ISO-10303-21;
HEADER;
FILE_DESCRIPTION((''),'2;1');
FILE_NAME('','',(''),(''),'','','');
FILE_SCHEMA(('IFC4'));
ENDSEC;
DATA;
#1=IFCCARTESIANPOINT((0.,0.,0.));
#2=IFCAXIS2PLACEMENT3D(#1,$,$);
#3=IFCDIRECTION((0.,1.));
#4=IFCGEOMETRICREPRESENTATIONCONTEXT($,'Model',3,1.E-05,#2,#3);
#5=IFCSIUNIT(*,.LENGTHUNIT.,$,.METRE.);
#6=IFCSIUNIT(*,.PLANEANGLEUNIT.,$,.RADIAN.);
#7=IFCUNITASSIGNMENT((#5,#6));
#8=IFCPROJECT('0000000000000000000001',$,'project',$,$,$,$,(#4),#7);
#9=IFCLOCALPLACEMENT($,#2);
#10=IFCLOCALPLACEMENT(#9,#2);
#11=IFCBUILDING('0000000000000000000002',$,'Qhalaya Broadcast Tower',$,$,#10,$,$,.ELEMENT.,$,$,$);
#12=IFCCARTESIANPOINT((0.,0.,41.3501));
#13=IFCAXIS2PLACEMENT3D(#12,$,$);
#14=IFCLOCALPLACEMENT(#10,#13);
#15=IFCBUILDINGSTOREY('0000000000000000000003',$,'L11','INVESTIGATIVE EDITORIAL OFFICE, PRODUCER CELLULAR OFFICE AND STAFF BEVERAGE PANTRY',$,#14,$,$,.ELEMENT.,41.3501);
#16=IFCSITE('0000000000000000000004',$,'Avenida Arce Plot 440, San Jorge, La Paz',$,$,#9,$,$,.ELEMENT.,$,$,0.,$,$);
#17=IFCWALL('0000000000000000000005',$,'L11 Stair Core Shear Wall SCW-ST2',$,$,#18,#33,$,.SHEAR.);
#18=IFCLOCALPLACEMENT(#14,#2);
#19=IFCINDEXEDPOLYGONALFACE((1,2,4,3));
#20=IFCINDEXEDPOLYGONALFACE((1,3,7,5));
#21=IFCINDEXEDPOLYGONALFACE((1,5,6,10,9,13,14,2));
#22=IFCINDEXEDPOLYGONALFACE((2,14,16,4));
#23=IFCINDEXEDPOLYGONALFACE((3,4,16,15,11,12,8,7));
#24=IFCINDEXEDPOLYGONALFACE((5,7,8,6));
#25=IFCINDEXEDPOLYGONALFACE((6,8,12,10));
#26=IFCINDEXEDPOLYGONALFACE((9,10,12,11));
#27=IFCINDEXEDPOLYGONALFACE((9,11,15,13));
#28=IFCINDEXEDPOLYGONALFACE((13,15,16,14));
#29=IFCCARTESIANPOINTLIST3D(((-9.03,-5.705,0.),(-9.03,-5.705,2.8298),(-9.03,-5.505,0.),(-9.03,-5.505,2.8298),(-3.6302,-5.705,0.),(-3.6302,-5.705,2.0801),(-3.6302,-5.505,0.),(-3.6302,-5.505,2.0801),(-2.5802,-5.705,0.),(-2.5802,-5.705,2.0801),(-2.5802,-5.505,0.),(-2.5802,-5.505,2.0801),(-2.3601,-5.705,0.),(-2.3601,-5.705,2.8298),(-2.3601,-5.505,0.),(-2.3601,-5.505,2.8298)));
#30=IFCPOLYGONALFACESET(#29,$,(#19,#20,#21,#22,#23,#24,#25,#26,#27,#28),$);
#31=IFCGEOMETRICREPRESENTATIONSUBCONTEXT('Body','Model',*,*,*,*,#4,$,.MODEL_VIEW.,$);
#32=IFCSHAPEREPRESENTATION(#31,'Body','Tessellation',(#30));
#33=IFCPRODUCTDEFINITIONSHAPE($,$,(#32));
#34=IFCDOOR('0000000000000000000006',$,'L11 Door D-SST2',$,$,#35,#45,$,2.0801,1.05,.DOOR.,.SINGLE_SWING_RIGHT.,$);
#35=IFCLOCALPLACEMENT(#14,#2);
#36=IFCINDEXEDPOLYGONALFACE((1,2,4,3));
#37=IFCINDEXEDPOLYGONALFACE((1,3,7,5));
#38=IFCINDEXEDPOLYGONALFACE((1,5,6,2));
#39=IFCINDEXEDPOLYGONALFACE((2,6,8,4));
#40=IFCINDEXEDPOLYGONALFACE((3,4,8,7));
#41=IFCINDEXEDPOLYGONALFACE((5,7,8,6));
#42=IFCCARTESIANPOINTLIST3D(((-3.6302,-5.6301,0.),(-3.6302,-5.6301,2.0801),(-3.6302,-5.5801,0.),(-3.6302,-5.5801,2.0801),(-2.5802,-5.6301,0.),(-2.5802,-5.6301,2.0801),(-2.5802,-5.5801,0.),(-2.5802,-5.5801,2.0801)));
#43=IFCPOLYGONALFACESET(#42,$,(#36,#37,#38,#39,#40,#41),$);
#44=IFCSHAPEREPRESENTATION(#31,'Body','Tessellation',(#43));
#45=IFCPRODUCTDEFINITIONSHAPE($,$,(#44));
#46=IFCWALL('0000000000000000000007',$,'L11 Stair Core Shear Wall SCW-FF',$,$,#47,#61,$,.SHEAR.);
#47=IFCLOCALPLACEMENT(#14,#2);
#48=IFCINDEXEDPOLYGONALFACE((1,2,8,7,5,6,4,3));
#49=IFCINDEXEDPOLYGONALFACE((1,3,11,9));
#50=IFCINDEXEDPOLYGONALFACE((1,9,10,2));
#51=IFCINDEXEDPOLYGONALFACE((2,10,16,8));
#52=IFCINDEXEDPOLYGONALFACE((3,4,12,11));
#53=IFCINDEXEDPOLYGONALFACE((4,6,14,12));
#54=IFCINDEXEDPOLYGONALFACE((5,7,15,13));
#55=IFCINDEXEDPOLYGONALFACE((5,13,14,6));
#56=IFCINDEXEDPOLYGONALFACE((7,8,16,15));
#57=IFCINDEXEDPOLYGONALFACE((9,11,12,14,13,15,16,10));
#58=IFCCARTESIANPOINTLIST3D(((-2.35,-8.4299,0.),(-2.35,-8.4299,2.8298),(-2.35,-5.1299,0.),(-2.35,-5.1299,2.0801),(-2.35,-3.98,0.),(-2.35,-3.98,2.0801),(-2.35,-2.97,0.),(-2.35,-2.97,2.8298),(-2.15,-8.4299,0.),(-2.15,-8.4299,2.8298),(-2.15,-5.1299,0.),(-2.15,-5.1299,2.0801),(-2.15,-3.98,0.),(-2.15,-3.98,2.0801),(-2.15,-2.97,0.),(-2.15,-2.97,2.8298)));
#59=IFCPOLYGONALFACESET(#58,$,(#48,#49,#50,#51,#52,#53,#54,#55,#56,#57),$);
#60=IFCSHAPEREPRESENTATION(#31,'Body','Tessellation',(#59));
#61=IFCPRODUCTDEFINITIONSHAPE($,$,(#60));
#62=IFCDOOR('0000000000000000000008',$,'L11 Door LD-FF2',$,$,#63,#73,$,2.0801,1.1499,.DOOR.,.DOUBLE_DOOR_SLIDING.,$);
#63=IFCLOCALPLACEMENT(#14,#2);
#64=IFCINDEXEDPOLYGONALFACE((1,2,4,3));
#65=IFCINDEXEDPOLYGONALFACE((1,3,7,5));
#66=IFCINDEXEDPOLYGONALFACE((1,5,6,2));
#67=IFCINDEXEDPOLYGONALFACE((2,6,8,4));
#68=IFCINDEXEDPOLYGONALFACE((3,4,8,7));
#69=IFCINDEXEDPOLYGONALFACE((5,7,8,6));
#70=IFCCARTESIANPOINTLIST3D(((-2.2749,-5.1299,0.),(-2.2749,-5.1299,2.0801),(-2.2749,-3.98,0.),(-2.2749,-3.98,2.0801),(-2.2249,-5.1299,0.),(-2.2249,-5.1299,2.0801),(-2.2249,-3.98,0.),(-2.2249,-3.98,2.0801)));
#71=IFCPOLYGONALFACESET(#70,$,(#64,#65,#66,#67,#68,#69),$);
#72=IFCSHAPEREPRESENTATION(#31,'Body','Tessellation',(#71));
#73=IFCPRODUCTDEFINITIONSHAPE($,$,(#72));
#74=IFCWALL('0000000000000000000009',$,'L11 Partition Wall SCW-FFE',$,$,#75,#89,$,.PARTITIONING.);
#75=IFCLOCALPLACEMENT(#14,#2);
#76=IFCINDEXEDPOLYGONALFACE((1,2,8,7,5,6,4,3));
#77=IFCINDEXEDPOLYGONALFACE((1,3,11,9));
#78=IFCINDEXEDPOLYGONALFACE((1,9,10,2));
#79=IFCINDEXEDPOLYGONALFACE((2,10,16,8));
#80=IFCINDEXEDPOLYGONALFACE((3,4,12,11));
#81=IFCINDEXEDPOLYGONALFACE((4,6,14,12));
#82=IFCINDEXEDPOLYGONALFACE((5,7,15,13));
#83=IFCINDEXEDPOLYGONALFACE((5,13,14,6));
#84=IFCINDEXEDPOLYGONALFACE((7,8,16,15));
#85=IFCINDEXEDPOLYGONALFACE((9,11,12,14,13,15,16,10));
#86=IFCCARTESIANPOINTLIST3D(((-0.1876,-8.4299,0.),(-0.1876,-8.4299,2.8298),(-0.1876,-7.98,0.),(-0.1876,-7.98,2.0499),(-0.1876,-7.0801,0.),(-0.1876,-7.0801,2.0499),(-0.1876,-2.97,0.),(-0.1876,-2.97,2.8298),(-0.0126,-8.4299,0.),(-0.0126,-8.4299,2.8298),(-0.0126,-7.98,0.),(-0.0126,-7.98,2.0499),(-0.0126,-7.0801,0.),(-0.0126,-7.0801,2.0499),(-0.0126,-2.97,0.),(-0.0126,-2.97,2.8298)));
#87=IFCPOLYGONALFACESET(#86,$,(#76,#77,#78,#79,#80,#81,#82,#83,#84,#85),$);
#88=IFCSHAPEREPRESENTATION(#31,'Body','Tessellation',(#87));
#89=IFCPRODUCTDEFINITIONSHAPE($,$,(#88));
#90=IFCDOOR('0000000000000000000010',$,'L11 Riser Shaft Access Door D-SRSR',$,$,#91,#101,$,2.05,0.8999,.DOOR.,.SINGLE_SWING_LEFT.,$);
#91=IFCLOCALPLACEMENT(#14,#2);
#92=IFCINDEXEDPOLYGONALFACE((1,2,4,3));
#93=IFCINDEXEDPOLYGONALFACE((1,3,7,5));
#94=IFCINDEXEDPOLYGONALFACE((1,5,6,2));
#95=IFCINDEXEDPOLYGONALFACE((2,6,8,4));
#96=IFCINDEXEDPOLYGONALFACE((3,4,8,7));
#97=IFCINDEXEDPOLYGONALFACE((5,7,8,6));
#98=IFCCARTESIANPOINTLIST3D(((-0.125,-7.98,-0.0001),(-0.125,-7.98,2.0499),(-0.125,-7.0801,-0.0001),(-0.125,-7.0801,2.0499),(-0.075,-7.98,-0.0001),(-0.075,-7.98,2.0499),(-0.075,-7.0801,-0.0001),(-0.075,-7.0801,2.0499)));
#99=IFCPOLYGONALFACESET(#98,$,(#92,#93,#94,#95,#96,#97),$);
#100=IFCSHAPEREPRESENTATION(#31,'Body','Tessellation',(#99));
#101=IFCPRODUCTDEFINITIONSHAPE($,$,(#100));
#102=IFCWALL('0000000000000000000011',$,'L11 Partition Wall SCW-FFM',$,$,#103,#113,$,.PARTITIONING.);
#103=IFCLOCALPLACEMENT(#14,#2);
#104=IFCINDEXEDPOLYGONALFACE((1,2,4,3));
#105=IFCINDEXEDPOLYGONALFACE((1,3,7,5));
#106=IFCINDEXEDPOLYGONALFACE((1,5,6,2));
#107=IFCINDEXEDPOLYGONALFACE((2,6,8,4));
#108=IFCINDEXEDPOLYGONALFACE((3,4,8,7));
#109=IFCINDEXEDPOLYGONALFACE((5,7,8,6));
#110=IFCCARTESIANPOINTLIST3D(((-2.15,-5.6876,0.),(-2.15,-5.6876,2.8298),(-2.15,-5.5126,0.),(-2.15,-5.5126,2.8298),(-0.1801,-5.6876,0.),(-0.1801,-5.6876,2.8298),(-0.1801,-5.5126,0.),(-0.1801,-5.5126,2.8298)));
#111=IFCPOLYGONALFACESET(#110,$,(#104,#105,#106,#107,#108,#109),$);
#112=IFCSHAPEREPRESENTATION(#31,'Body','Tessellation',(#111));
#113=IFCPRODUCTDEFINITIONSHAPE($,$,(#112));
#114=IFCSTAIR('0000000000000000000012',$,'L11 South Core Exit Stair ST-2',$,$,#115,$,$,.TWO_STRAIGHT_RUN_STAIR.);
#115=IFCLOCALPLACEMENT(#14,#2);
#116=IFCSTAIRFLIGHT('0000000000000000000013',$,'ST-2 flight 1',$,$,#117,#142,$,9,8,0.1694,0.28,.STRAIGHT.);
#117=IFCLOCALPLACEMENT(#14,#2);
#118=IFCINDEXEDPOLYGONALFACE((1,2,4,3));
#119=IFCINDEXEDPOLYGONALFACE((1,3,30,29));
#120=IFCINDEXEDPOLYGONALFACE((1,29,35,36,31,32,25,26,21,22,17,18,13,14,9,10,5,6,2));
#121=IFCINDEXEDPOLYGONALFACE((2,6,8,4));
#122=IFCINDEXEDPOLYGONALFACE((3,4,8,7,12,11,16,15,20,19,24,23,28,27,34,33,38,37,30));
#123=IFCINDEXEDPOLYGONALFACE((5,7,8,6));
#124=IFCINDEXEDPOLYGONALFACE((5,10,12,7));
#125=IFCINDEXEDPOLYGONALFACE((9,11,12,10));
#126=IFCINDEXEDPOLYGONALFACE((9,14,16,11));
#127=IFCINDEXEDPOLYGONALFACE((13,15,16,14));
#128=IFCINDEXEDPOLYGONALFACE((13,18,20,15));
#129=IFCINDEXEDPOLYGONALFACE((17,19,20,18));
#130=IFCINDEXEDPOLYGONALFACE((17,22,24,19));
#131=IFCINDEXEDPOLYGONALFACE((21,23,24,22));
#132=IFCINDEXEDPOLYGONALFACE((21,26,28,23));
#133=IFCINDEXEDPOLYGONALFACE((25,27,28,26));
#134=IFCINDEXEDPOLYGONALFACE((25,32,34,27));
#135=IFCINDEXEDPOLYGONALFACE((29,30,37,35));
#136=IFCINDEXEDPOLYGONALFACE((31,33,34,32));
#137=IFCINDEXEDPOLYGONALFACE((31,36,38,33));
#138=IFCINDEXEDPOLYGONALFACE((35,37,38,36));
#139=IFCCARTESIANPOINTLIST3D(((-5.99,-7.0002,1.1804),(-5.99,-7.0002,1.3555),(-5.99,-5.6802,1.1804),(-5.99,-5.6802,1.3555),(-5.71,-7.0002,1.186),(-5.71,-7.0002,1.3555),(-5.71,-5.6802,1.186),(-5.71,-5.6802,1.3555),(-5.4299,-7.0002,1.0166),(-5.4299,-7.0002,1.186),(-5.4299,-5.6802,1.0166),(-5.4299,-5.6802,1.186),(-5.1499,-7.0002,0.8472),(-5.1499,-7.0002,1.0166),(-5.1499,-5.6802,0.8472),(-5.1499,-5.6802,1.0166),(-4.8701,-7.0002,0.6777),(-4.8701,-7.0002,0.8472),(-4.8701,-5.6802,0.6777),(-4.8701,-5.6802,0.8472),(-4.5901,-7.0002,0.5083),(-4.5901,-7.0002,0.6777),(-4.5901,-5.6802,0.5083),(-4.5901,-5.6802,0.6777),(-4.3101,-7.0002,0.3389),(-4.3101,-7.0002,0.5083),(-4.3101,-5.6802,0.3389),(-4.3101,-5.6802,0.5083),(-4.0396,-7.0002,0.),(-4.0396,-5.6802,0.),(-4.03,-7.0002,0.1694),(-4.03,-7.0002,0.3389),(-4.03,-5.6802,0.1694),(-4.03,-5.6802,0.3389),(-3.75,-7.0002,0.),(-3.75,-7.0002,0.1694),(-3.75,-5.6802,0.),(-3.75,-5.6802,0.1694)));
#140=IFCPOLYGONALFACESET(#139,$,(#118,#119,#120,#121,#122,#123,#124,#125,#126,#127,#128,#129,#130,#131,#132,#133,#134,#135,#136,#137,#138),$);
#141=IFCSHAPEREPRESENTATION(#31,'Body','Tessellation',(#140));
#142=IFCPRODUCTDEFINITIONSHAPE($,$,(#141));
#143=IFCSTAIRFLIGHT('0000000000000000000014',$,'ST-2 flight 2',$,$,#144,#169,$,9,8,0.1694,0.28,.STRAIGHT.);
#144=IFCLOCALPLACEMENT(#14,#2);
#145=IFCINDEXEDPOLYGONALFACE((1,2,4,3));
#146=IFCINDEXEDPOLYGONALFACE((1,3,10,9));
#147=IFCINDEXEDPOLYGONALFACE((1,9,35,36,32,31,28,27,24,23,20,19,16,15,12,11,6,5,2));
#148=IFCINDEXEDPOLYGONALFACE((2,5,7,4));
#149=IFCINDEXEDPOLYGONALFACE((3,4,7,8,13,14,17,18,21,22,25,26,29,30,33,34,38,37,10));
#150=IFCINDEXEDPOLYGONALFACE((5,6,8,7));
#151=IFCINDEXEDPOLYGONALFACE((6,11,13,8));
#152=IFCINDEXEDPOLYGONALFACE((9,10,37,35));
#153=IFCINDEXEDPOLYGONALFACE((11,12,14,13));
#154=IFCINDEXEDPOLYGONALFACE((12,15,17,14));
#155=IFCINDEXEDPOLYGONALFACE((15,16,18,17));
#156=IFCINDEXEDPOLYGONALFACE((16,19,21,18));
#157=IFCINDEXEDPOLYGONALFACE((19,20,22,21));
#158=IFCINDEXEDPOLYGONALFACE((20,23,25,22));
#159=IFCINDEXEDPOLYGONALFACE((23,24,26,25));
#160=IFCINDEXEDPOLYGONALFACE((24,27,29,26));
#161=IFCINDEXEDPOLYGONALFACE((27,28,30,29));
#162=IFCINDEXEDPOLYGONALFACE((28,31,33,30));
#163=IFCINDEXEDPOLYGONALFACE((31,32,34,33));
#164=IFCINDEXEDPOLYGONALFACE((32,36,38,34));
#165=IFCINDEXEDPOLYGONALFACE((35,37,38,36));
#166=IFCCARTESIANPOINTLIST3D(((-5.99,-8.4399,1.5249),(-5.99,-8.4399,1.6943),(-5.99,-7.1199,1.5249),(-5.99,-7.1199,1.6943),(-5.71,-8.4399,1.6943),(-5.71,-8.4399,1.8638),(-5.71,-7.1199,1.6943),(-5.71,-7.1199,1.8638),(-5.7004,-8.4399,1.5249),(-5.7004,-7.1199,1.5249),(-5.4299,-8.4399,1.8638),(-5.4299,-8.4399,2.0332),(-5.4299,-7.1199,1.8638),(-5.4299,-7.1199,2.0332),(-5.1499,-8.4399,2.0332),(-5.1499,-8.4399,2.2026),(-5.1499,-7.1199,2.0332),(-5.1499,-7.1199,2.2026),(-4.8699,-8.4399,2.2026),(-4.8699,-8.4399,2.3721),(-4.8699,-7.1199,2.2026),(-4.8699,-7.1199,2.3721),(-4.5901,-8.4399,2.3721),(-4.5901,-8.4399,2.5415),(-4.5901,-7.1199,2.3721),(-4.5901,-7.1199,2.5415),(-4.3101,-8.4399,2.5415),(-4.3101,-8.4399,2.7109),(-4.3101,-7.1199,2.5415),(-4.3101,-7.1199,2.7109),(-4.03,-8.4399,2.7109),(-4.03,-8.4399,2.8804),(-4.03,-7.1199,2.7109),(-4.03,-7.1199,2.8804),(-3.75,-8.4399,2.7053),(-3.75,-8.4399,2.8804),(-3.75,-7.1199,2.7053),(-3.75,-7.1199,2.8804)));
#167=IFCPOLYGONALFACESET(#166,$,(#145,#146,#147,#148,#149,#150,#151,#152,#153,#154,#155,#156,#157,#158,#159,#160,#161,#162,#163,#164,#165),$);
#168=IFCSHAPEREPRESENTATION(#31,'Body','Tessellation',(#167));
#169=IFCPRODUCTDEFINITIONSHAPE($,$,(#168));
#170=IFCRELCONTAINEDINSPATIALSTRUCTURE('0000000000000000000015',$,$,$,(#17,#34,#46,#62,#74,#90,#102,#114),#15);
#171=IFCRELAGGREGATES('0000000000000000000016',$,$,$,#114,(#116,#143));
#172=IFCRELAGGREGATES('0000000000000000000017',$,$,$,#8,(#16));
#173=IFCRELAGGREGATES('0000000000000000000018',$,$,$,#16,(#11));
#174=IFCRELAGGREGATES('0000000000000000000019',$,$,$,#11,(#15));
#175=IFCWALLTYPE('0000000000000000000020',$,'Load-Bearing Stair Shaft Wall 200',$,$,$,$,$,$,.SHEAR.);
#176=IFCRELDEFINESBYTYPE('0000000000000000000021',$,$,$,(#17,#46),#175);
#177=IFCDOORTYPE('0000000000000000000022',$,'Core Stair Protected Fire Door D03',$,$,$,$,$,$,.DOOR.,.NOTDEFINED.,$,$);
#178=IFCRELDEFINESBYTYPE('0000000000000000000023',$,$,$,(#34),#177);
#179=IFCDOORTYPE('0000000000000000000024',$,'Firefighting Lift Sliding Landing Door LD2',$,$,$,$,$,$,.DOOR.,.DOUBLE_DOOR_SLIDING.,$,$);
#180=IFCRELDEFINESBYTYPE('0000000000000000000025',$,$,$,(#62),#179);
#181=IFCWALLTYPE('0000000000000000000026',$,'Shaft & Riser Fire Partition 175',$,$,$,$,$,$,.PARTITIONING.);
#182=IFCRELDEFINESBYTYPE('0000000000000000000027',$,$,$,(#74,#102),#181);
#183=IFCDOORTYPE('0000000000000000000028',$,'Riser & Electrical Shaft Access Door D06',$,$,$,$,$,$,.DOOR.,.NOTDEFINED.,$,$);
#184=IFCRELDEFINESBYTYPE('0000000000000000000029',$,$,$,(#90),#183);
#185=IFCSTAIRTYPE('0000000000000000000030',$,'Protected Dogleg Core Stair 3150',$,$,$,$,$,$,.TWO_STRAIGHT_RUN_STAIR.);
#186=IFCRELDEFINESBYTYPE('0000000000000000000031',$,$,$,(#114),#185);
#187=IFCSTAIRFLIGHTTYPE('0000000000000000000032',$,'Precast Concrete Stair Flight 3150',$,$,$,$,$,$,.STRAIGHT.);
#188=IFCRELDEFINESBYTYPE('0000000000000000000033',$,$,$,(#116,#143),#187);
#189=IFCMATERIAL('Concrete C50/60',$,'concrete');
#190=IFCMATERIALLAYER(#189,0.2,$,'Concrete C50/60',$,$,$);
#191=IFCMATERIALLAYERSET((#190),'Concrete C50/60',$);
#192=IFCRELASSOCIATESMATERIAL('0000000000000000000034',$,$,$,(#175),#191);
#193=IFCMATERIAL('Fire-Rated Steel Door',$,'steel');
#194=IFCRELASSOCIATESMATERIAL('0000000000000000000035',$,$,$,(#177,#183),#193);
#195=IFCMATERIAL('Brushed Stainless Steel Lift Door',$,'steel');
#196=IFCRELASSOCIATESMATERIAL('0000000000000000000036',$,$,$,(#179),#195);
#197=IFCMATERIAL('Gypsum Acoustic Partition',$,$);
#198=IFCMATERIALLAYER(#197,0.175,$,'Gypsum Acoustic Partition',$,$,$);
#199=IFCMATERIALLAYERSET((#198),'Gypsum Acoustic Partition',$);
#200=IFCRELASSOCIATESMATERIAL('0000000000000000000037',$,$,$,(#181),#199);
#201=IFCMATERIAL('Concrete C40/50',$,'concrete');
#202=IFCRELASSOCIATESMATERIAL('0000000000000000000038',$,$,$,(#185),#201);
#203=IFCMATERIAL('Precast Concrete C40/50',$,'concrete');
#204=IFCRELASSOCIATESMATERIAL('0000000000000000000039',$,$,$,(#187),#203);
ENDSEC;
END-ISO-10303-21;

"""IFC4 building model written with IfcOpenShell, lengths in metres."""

from ifc_helpers import new_model, si_unit, direction, frame, frame_2d, origin, place, context, subcontext, project, spatial, polyline, rectangle, outline, extrude, material, layer, layer_set, type_object, element, fill, aggregate, save


model = new_model("IFC4")

# Units and contexts
model_context = context("Model", 3, precision=1e-05, world=origin(), true_north=direction((0.0, 1.0)))
body_context = subcontext(model_context, "Body", "Model", "MODEL_VIEW")
ifc_project = project(units=[si_unit("LENGTHUNIT", "METRE"), si_unit("PLANEANGLEUNIT", "RADIAN")], contexts=[model_context])

# Site, building, storey
site_placement = place(None, origin())
site = spatial("IfcSite", under=ifc_project, at=site_placement, Name="Avenida Arce Plot 440, San Jorge, La Paz", CompositionType="ELEMENT", RefElevation=0.0)
building_placement = place(site_placement, origin())
building = spatial("IfcBuilding", under=site, at=building_placement, Name="Qhalaya Broadcast Tower", CompositionType="ELEMENT")
storey_placement = place(building_placement, frame((0.0, 0.0, 41.3501)))
storey = spatial("IfcBuildingStorey", under=building, at=storey_placement, Name="L11", Description="INVESTIGATIVE EDITORIAL OFFICE, PRODUCER CELLULAR OFFICE AND STAFF BEVERAGE PANTRY", CompositionType="ELEMENT", Elevation=41.3501)

# Walls, openings, doors
ifc_material_1 = material(Name="Concrete C50/60", Category="concrete")
ifc_layer_1 = layer(ifc_material_1, 0.2, Name="Concrete C50/60")
ifc_layer_set_1 = layer_set([ifc_layer_1], Name="Concrete C50/60")
wall_type_1 = type_object("IfcWallType", Name="Load-Bearing Stair Shaft Wall 200", PredefinedType="SHEAR", material=ifc_layer_set_1)
wall_1_placement = place(storey_placement, frame((-9.03, -5.605, 0.0), z_axis=(0.0, 0.0, 1.0), x_axis=(1.0, 0.0, 0.0)))
wall_1 = element("IfcWall", 1, at=wall_1_placement, inside=storey, type_object=wall_type_1, Name="L11 Stair Core Shear Wall SCW-ST2", PredefinedType="SHEAR", context=body_context, shape_type="SweptSolid", body=[
    extrude(rectangle(XDim=6.6699, YDim=0.2, at=frame_2d((3.335, 0.0))), origin(), (0.0, 0.0, 1.0), 2.8298),
])
opening_1_placement = place(wall_1_placement, frame((5.3999, 0.0, 0.0)))
opening_1 = element("IfcOpeningElement", 2, at=opening_1_placement, cuts=wall_1, PredefinedType="OPENING", context=body_context, shape_type="SweptSolid", body=[
    extrude(rectangle(XDim=1.05, YDim=2.0801, at=frame_2d((0.5249, 1.04))), frame((0.0, 0.1121, 0.0), z_axis=(0.0, -1.0, 0.0), x_axis=(1.0, 0.0, 0.0)), (0.0, 0.0, 1.0), 0.2239),
])
ifc_material_2 = material(Name="Fire-Rated Steel Door", Category="steel")
door_type_1 = type_object("IfcDoorType", Name="Core Stair Protected Fire Door D03", OperationType="NOTDEFINED", PredefinedType="DOOR", material=ifc_material_2)
door_1_placement = place(opening_1_placement, origin())
door_1 = element("IfcDoor", 3, at=door_1_placement, inside=storey, type_object=door_type_1, Name="L11 Door D-SST2", OperationType="SINGLE_SWING_RIGHT", OverallHeight=2.0801, OverallWidth=1.05, PredefinedType="DOOR", context=body_context, shape_type="SweptSolid", body=[
    extrude(rectangle(XDim=1.05, YDim=2.0801, at=frame_2d((0.5249, 1.04))), frame((0.0, 0.0249, 0.0), z_axis=(0.0, -1.0, 0.0), x_axis=(1.0, 0.0, 0.0)), (0.0, 0.0, 1.0), 0.05),
])
fill(opening_1, door_1)
wall_2_placement = place(storey_placement, frame((-2.25, -8.4299, 0.0), z_axis=(0.0, 0.0, 1.0), x_axis=(0.0, 1.0, 0.0)))
wall_2 = element("IfcWall", 4, at=wall_2_placement, inside=storey, type_object=wall_type_1, Name="L11 Stair Core Shear Wall SCW-FF", PredefinedType="SHEAR", context=body_context, shape_type="SweptSolid", body=[
    extrude(rectangle(XDim=5.46, YDim=0.2, at=frame_2d((2.73, 0.0))), origin(), (0.0, 0.0, 1.0), 2.8298),
])
opening_2_placement = place(wall_2_placement, frame((3.3, 0.0, 0.0)))
opening_2 = element("IfcOpeningElement", 5, at=opening_2_placement, cuts=wall_2, PredefinedType="OPENING", context=body_context, shape_type="SweptSolid", body=[
    extrude(rectangle(XDim=1.1499, YDim=2.0801, at=frame_2d((0.575, 1.04))), frame((0.0, 0.1121, 0.0), z_axis=(0.0, -1.0, 0.0), x_axis=(1.0, 0.0, 0.0)), (0.0, 0.0, 1.0), 0.2239),
])
ifc_material_3 = material(Name="Brushed Stainless Steel Lift Door", Category="steel")
door_type_2 = type_object("IfcDoorType", Name="Firefighting Lift Sliding Landing Door LD2", OperationType="DOUBLE_DOOR_SLIDING", PredefinedType="DOOR", material=ifc_material_3)
door_2_placement = place(opening_2_placement, origin())
door_2 = element("IfcDoor", 6, at=door_2_placement, inside=storey, type_object=door_type_2, Name="L11 Door LD-FF2", OperationType="DOUBLE_DOOR_SLIDING", OverallHeight=2.0801, OverallWidth=1.1499, PredefinedType="DOOR", context=body_context, shape_type="SweptSolid", body=[
    extrude(rectangle(XDim=1.1499, YDim=2.0801, at=frame_2d((0.575, 1.04))), frame((0.0, 0.0249, 0.0), z_axis=(0.0, -1.0, 0.0), x_axis=(1.0, 0.0, 0.0)), (0.0, 0.0, 1.0), 0.05),
])
fill(opening_2, door_2)
ifc_material_4 = material(Name="Gypsum Acoustic Partition")
ifc_layer_2 = layer(ifc_material_4, 0.175, Name="Gypsum Acoustic Partition")
ifc_layer_set_2 = layer_set([ifc_layer_2], Name="Gypsum Acoustic Partition")
wall_type_2 = type_object("IfcWallType", Name="Shaft & Riser Fire Partition 175", PredefinedType="PARTITIONING", material=ifc_layer_set_2)
wall_3_placement = place(storey_placement, frame((-0.1001, -8.4299, 0.0), z_axis=(0.0, 0.0, 1.0), x_axis=(0.0, 1.0, 0.0)))
wall_3 = element("IfcWall", 7, at=wall_3_placement, inside=storey, type_object=wall_type_2, Name="L11 Partition Wall SCW-FFE", PredefinedType="PARTITIONING", context=body_context, shape_type="SweptSolid", body=[
    extrude(rectangle(XDim=5.46, YDim=0.175, at=frame_2d((2.73, 0.0))), origin(), (0.0, 0.0, 1.0), 2.8298),
])
opening_3_placement = place(wall_3_placement, frame((0.45, 0.0, 0.0)))
opening_3 = element("IfcOpeningElement", 8, at=opening_3_placement, cuts=wall_3, PredefinedType="OPENING", context=body_context, shape_type="SweptSolid", body=[
    extrude(rectangle(XDim=0.8999, YDim=2.05, at=frame_2d((0.45, 1.0249))), frame((0.0, 0.0996, 0.0), z_axis=(0.0, -1.0, 0.0), x_axis=(1.0, 0.0, 0.0)), (0.0, 0.0, 1.0), 0.199),
])
door_type_3 = type_object("IfcDoorType", Name="Riser & Electrical Shaft Access Door D06", OperationType="NOTDEFINED", PredefinedType="DOOR", material=ifc_material_2)
door_3_placement = place(opening_3_placement, origin())
door_3 = element("IfcDoor", 9, at=door_3_placement, inside=storey, type_object=door_type_3, Name="L11 Riser Shaft Access Door D-SRSR", OperationType="SINGLE_SWING_LEFT", OverallHeight=2.05, OverallWidth=0.8999, PredefinedType="DOOR", context=body_context, shape_type="SweptSolid", body=[
    extrude(rectangle(XDim=0.8999, YDim=2.05, at=frame_2d((0.45, 1.0249))), frame((0.0, 0.0249, 0.0), z_axis=(0.0, -1.0, 0.0), x_axis=(1.0, 0.0, 0.0)), (0.0, 0.0, 1.0), 0.05),
])
fill(opening_3, door_3)

# Wall
wall_4_placement = place(storey_placement, frame((-2.1499, -5.6001, 0.0), z_axis=(0.0, 0.0, 1.0), x_axis=(1.0, 0.0, 0.0)))
element("IfcWall", 10, at=wall_4_placement, inside=storey, type_object=wall_type_2, Name="L11 Partition Wall SCW-FFM", PredefinedType="PARTITIONING", context=body_context, shape_type="SweptSolid", body=[
    extrude(rectangle(XDim=1.97, YDim=0.175, at=frame_2d((0.9849, 0.0))), origin(), (0.0, 0.0, 1.0), 2.8298),
])

# Stair, stair flights
ifc_material_5 = material(Name="Concrete C40/50", Category="concrete")
stair_type = type_object("IfcStairType", Name="Protected Dogleg Core Stair 3150", PredefinedType="TWO_STRAIGHT_RUN_STAIR", material=ifc_material_5)
stair_placement = place(storey_placement, origin())
stair = element("IfcStair", 11, at=stair_placement, inside=storey, type_object=stair_type, Name="L11 South Core Exit Stair ST-2", PredefinedType="TWO_STRAIGHT_RUN_STAIR")
ifc_material_6 = material(Name="Precast Concrete C40/50", Category="concrete")
stair_flight_type = type_object("IfcStairFlightType", Name="Precast Concrete Stair Flight 3150", PredefinedType="STRAIGHT", material=ifc_material_6)
stair_flight_1_placement = place(storey_placement, frame((-3.75, -6.3401, 0.0), z_axis=(0.0, 0.0, 1.0), x_axis=(-1.0, 0.0, 0.0)))
stair_flight_1 = element("IfcStairFlight", 12, at=stair_flight_1_placement, type_object=stair_flight_type, Name="ST-2 flight 1", NumberOfRisers=9, NumberOfTreads=8, PredefinedType="STRAIGHT", RiserHeight=0.1694, TreadLength=0.28, context=body_context, shape_type="SweptSolid", body=[
    extrude(outline(polyline([(0.0, 0.0), (0.0, 0.1694), (0.28, 0.1694), (0.28, 0.3389), (0.5601, 0.3389), (0.5601, 0.5083), (0.8401, 0.5083), (0.8401, 0.6777), (1.1201, 0.6777), (1.1201, 0.8472), (1.3999, 0.8472), (1.3999, 1.0166), (1.6799, 1.0166), (1.6799, 1.186), (1.96, 1.186), (1.96, 1.3555), (2.24, 1.3555), (2.24, 1.5249), (2.24, 1.1804), (0.2896, 0.0), (0.0, 0.0)])), frame((0.0, 0.6602, 0.0), z_axis=(0.0, -1.0, 0.0), x_axis=(1.0, 0.0, 0.0)), (0.0, 0.0, 1.0), 1.3201),
])
stair_flight_2_placement = place(storey_placement, frame((-5.99, -7.78, 1.5249), z_axis=(0.0, 0.0, 1.0), x_axis=(1.0, 0.0, 0.0)))
stair_flight_2 = element("IfcStairFlight", 13, at=stair_flight_2_placement, type_object=stair_flight_type, Name="ST-2 flight 2", NumberOfRisers=9, NumberOfTreads=8, PredefinedType="STRAIGHT", RiserHeight=0.1694, TreadLength=0.28, context=body_context, shape_type="SweptSolid", body=[
    extrude(outline(polyline([(0.0, 0.0), (0.0, 0.1694), (0.28, 0.1694), (0.28, 0.3389), (0.5601, 0.3389), (0.5601, 0.5083), (0.8401, 0.5083), (0.8401, 0.6777), (1.1201, 0.6777), (1.1201, 0.8472), (1.3999, 0.8472), (1.3999, 1.0166), (1.6799, 1.0166), (1.6799, 1.186), (1.96, 1.186), (1.96, 1.3555), (2.24, 1.3555), (2.24, 1.5249), (2.24, 1.1804), (0.2896, 0.0), (0.0, 0.0)])), frame((0.0, 0.6602, 0.0), z_axis=(0.0, -1.0, 0.0), x_axis=(1.0, 0.0, 0.0)), (0.0, 0.0, 1.0), 1.3201),
])
aggregate(stair, [stair_flight_1, stair_flight_2])

save(model, "model.ifc")
